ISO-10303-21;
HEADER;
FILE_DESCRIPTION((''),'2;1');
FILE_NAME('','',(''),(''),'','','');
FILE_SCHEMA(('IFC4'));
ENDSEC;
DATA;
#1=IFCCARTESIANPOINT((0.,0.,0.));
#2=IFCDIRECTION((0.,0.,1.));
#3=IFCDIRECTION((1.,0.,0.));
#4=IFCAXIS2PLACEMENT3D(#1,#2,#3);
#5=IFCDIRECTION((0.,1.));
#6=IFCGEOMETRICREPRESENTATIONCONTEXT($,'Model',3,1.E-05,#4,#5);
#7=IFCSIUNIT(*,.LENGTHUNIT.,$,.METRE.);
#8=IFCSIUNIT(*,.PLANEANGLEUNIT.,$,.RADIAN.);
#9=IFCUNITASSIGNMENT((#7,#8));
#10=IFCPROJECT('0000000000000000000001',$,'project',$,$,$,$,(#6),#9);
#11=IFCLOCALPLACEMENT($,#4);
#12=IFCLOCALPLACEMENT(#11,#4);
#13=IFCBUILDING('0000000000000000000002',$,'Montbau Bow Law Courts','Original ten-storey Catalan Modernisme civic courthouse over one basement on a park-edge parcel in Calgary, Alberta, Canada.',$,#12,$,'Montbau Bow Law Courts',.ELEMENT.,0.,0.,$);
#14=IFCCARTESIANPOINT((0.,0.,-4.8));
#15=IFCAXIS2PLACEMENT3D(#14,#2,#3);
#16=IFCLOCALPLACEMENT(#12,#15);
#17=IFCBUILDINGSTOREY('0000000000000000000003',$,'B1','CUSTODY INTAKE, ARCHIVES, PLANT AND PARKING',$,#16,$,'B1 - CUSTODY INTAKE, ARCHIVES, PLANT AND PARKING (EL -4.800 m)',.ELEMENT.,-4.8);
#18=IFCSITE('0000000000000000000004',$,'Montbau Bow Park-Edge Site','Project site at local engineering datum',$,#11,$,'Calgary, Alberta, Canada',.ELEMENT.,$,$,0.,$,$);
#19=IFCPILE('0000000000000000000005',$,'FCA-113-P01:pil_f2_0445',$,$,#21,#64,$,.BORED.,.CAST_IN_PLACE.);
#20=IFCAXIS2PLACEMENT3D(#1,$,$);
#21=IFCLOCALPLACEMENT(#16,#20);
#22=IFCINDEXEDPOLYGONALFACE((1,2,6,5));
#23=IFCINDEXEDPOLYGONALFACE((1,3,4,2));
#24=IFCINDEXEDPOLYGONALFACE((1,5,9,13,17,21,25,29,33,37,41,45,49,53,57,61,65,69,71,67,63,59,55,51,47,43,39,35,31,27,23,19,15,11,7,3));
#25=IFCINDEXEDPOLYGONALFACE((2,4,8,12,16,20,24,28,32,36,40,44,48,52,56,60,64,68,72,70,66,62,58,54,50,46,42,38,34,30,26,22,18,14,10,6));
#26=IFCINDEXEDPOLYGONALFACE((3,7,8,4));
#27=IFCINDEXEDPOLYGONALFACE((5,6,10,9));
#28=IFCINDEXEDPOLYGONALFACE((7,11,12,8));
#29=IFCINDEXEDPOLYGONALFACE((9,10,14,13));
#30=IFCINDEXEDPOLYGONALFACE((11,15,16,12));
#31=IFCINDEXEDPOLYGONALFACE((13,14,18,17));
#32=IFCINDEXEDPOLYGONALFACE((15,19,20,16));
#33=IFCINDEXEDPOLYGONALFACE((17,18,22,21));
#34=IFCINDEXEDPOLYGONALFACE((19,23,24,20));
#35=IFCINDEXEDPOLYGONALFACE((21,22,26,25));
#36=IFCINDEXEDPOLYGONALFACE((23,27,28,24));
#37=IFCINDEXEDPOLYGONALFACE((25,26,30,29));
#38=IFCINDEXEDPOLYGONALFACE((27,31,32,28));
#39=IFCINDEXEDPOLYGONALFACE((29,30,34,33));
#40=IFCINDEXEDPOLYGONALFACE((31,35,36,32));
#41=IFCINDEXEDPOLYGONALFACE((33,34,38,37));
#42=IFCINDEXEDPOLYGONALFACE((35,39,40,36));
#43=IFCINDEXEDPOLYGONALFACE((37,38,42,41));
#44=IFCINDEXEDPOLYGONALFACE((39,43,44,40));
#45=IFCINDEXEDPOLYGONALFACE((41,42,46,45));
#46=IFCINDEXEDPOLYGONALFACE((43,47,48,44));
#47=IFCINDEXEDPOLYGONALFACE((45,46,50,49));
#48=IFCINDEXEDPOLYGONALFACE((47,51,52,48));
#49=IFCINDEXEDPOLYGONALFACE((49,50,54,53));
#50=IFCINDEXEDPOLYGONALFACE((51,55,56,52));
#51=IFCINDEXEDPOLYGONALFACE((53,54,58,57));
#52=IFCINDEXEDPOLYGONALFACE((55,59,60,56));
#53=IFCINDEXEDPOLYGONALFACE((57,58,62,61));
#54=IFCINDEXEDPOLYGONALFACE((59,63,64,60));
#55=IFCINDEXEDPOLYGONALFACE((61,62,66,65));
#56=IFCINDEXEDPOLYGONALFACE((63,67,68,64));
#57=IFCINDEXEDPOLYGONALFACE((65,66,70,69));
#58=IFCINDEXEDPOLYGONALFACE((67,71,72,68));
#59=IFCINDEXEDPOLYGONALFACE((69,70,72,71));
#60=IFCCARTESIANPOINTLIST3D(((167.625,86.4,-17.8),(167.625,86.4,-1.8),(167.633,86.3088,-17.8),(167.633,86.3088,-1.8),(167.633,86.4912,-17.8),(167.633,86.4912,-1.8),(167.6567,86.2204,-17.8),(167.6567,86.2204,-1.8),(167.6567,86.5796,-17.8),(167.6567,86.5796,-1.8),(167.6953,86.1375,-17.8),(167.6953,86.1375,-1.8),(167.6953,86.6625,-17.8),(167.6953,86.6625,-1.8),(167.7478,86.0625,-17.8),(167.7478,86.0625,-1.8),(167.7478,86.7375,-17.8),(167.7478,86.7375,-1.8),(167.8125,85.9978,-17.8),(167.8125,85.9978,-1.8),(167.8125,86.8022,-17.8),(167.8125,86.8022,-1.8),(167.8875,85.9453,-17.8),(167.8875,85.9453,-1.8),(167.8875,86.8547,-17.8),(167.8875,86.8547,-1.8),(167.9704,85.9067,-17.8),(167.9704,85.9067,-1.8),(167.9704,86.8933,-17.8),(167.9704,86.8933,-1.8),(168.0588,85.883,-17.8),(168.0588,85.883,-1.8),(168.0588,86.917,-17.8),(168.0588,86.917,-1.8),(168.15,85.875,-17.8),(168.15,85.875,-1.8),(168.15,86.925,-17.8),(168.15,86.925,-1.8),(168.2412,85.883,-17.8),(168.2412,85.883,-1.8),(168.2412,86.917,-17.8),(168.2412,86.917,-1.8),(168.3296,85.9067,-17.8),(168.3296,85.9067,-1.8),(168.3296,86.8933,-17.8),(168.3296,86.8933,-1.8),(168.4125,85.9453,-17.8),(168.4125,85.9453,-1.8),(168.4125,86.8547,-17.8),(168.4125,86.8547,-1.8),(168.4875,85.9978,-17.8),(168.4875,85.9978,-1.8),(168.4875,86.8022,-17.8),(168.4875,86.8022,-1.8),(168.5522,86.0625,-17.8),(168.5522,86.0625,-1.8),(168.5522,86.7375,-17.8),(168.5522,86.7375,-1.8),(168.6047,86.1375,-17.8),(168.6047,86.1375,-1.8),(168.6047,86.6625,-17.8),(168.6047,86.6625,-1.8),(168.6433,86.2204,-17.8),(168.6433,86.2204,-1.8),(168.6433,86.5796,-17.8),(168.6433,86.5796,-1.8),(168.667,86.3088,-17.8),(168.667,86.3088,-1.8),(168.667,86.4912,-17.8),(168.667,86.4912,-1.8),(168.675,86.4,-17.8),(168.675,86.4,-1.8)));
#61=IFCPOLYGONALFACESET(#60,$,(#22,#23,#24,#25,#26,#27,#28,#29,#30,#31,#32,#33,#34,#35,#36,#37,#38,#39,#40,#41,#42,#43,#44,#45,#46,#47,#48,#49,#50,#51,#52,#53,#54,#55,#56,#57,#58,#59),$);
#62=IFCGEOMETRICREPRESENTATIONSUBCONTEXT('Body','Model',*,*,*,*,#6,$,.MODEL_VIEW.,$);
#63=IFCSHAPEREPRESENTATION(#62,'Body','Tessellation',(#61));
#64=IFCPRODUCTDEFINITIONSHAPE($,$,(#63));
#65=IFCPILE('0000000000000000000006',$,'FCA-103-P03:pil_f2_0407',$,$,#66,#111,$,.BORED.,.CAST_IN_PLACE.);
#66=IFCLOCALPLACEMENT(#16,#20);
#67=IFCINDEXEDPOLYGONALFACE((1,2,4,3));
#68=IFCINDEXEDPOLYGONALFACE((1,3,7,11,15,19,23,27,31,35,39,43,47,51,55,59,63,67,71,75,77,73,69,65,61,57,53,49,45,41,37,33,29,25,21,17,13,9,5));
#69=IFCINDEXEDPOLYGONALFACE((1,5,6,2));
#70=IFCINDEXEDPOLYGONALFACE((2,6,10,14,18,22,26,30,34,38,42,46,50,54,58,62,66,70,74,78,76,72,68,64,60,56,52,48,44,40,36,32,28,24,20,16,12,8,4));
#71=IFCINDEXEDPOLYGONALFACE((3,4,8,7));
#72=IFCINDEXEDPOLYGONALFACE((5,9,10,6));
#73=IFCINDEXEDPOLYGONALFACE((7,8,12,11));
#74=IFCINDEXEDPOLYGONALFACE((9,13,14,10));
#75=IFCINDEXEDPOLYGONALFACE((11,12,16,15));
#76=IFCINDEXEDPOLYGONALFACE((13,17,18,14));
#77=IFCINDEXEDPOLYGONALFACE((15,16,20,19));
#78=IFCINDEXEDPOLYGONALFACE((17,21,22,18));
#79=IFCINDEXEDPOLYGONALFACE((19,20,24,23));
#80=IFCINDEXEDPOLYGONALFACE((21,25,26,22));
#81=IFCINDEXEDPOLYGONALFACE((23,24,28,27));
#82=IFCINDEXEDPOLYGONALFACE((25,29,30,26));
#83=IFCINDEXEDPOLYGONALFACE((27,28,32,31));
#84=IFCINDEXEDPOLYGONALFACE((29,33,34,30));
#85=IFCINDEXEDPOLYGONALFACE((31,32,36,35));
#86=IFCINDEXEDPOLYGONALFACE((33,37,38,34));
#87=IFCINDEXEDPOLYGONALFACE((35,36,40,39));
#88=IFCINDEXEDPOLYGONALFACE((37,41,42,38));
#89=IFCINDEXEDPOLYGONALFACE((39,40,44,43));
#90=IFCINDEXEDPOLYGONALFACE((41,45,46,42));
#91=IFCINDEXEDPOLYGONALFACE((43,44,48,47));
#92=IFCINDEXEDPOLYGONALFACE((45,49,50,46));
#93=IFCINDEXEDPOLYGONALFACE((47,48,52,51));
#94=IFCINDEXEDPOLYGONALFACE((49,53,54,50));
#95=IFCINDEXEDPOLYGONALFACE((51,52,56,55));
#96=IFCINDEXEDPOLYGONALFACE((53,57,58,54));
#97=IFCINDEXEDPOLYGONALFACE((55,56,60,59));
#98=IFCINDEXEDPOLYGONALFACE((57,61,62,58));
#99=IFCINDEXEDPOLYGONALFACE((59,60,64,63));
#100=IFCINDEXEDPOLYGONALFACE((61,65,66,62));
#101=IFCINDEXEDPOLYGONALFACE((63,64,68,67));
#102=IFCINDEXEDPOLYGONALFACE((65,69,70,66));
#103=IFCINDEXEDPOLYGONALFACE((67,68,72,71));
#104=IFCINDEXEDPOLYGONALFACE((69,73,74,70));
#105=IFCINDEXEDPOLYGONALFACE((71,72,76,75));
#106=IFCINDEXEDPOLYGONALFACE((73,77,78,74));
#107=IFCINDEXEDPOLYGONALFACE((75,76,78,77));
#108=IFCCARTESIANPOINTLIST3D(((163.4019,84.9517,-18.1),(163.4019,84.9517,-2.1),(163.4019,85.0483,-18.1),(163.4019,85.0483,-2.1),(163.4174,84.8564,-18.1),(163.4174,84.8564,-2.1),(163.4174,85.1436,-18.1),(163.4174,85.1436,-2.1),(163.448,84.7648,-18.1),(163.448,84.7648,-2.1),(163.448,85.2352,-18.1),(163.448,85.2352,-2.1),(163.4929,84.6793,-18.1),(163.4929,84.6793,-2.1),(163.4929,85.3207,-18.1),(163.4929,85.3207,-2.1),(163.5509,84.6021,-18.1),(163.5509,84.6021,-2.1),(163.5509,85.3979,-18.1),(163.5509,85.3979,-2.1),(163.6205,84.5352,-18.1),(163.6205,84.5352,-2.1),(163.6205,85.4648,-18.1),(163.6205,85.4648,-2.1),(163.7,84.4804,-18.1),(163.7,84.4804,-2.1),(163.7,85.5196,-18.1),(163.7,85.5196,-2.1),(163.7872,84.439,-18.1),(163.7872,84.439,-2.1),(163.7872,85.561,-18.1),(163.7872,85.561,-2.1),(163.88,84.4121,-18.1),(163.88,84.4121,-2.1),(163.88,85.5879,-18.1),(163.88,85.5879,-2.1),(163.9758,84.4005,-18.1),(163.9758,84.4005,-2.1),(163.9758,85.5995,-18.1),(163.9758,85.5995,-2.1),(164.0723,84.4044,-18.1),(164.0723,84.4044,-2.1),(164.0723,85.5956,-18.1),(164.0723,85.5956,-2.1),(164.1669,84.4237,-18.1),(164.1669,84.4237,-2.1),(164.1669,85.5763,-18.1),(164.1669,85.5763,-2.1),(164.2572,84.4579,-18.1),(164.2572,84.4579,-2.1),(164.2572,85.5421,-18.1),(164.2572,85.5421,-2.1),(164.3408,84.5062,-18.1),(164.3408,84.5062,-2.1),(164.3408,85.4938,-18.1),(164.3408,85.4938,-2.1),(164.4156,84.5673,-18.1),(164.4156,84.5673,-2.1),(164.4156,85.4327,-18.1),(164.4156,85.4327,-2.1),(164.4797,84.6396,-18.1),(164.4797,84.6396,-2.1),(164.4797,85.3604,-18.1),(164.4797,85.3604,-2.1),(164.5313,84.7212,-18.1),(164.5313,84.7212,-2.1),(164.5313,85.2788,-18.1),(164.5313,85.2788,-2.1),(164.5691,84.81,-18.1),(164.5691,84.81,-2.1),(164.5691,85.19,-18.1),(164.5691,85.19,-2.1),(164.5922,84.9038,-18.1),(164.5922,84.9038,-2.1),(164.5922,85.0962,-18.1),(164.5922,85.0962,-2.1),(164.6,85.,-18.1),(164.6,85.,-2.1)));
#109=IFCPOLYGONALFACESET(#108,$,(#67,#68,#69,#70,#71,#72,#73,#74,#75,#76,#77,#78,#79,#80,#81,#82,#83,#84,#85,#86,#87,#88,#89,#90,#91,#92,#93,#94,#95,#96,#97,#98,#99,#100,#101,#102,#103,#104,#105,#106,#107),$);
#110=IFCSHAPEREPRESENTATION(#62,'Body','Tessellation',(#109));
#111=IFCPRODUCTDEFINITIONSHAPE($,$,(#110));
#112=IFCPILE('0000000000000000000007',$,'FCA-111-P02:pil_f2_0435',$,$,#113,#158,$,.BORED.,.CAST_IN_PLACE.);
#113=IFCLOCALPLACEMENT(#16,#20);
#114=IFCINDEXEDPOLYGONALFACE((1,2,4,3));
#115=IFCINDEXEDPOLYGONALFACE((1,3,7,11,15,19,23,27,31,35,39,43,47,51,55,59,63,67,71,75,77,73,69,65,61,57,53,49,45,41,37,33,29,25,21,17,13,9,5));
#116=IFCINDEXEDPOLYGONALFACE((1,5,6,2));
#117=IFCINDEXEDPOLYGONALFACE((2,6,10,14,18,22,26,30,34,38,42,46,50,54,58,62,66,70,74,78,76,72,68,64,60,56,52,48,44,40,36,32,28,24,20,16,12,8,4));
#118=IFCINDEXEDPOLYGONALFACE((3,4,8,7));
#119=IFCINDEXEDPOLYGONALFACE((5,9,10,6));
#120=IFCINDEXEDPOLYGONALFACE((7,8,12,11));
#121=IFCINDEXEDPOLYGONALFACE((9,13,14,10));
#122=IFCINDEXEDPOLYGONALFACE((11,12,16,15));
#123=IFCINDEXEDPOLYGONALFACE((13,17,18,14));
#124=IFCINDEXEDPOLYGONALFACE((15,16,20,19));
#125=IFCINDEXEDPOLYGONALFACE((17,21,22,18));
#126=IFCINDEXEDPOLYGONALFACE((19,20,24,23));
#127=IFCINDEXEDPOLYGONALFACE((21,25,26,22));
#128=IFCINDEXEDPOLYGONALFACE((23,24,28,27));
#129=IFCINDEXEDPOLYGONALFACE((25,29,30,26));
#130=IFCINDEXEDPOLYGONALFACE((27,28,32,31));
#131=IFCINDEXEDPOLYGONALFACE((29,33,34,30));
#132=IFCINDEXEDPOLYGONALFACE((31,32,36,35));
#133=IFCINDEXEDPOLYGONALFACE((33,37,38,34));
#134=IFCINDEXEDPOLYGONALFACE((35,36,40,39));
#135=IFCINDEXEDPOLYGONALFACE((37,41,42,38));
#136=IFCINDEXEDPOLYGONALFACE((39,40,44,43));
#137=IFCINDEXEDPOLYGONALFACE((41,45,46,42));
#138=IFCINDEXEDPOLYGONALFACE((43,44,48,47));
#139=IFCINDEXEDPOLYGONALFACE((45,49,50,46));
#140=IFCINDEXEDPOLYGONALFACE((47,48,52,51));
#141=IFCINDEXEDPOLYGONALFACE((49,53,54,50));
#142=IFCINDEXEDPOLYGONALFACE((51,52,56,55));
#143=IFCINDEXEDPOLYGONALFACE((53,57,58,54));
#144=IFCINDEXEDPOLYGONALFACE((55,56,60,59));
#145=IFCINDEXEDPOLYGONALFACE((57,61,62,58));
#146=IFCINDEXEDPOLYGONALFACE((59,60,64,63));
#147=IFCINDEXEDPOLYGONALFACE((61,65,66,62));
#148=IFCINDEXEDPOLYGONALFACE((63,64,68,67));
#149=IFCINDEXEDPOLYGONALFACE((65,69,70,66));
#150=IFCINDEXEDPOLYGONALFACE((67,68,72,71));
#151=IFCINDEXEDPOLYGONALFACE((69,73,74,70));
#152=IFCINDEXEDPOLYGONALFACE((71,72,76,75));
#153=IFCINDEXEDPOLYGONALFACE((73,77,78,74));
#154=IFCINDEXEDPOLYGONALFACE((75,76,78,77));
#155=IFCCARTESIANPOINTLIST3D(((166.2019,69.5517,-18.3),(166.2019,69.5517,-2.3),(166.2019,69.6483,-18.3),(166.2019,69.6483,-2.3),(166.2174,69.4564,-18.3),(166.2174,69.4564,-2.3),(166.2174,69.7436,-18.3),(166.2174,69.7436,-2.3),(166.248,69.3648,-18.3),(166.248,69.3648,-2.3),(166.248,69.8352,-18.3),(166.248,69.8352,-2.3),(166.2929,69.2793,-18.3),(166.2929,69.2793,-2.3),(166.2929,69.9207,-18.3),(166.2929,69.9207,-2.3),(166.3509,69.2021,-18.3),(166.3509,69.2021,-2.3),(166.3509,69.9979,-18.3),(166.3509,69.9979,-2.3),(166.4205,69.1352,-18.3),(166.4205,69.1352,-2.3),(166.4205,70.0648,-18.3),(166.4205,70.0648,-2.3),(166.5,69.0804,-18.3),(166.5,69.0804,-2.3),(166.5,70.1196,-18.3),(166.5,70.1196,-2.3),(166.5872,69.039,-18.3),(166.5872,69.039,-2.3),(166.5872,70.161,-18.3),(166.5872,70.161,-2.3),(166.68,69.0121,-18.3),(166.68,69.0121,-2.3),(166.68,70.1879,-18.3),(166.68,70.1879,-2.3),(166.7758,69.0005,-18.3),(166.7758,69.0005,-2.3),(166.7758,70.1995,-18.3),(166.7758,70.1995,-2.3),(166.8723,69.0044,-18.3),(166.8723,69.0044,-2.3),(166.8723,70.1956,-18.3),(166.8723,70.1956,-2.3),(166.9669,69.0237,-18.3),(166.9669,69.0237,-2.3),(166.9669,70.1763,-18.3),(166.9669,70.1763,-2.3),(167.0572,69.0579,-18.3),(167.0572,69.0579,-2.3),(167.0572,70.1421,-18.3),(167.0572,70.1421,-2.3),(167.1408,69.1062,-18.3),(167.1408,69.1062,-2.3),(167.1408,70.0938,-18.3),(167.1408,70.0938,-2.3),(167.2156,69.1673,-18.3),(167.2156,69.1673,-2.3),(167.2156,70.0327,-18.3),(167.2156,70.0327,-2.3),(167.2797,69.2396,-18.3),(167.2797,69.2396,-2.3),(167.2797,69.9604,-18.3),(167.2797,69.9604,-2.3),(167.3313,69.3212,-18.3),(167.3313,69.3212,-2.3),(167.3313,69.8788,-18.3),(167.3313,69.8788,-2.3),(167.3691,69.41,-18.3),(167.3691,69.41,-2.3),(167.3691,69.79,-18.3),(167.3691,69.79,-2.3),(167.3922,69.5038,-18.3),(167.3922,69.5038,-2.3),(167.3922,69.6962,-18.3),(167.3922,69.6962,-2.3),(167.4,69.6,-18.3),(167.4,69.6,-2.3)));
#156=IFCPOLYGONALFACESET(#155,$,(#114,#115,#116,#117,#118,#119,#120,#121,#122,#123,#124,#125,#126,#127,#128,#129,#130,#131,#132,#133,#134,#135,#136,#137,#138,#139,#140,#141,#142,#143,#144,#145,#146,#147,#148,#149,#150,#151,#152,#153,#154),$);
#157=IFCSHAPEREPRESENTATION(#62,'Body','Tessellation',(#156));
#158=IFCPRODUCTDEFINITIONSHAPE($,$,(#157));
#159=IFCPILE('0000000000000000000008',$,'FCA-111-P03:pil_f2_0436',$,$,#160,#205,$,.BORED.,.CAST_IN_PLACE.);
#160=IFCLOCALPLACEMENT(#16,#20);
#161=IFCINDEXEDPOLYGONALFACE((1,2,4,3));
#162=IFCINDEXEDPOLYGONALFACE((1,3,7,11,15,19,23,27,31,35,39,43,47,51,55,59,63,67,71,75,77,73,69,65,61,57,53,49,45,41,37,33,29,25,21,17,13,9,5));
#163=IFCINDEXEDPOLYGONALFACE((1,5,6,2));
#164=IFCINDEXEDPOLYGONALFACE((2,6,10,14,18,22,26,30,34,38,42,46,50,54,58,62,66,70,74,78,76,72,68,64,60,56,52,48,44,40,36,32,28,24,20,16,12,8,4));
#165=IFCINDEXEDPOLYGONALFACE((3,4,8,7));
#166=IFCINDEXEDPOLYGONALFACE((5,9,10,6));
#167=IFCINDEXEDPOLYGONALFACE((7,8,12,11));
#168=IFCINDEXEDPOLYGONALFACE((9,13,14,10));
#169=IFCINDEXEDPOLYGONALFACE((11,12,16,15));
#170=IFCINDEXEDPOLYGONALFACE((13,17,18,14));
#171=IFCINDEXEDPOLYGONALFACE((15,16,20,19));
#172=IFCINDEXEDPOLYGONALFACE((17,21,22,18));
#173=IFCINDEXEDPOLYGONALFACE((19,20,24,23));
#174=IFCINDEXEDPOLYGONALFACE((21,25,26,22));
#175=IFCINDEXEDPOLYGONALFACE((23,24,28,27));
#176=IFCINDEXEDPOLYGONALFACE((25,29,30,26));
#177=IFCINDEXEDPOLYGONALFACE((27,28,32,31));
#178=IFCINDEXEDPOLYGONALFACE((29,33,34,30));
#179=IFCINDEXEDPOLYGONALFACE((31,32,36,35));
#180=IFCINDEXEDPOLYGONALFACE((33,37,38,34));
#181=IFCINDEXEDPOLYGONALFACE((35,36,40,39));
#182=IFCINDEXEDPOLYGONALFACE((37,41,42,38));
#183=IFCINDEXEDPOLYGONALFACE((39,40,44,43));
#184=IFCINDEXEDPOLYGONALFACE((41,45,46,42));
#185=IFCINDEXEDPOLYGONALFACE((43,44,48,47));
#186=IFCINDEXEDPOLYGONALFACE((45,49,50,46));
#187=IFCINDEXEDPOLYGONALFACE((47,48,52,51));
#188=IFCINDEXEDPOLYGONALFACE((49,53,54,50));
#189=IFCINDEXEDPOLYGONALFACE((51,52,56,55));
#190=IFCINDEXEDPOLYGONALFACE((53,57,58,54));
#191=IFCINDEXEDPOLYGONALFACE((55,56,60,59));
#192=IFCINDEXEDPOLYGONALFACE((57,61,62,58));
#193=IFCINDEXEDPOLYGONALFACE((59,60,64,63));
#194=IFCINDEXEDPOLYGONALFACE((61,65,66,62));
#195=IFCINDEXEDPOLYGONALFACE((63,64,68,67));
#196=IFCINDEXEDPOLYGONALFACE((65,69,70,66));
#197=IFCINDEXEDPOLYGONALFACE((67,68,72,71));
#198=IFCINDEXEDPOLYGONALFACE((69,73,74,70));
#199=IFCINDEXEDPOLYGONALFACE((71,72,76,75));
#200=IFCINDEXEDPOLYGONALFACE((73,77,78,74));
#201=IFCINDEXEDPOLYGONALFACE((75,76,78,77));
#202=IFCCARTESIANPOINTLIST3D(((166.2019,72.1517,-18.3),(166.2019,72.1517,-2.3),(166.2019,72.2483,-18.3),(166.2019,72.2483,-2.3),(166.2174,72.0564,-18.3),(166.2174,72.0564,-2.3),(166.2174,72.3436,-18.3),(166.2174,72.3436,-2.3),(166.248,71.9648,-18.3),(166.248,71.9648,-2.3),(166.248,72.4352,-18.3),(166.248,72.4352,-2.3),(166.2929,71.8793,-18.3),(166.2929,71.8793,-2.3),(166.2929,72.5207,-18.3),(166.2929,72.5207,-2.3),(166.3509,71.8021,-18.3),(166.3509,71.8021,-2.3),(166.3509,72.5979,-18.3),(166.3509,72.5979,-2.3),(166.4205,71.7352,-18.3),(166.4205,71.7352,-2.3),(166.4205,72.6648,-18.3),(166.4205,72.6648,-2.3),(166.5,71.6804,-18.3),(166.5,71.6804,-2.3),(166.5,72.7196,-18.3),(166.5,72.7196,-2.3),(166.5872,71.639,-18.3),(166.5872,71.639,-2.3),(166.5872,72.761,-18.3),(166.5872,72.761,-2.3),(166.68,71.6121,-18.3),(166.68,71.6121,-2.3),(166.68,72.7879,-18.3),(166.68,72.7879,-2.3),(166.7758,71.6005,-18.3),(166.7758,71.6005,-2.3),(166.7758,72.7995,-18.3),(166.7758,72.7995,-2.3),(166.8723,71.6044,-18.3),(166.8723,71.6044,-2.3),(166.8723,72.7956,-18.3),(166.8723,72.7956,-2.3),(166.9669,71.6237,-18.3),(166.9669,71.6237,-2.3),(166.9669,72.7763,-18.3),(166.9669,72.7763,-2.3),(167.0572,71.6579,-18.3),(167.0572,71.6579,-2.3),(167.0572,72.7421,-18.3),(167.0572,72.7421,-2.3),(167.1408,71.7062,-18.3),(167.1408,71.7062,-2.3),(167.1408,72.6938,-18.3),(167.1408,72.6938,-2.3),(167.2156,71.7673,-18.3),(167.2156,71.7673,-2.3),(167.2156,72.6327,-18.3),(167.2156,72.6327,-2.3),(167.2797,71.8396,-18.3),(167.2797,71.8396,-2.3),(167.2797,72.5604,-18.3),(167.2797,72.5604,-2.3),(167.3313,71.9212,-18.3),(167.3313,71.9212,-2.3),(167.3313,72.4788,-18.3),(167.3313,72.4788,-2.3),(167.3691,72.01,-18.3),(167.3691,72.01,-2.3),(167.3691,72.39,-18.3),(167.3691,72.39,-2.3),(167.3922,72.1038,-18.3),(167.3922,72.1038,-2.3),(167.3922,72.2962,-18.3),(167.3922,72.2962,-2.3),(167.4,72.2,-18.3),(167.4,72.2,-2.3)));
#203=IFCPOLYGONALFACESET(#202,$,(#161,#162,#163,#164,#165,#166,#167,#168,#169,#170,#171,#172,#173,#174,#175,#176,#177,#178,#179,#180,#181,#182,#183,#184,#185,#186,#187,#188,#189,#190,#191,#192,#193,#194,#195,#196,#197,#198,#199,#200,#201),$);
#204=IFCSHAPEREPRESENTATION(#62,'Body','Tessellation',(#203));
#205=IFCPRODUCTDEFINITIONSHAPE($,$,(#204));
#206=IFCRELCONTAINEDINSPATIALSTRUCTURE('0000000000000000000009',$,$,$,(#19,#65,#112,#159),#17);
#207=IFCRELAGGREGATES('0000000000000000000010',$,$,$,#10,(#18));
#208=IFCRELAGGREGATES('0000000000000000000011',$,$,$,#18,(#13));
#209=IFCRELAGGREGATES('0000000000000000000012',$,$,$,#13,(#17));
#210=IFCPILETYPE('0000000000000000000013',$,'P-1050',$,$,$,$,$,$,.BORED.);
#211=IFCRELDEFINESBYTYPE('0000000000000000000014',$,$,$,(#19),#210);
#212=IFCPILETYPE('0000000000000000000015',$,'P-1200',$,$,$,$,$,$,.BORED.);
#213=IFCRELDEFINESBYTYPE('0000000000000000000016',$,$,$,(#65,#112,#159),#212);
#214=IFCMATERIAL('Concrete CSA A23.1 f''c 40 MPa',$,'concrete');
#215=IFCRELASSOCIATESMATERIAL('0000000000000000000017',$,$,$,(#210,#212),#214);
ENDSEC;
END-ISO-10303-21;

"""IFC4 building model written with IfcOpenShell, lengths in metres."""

from ifc_helpers import new_model, si_unit, direction, frame, origin_with_axes, origin_2d_with_axis, place, context, subcontext, project, spatial, circle, extrude, material, material_profile, profile_set, type_object, element, save


model = new_model("IFC4")

# Units and contexts
model_context = context("Model", 3, precision=1e-05, world=origin_with_axes(), true_north=direction((0.0, 1.0)))
body_context = subcontext(model_context, "Body", "Model", "MODEL_VIEW")
ifc_project = project(units=[si_unit("LENGTHUNIT", "METRE"), si_unit("PLANEANGLEUNIT", "RADIAN")], contexts=[model_context])

# Site, building, storey
site_placement = place(None, origin_with_axes())
site = spatial("IfcSite", under=ifc_project, at=site_placement, Name="Montbau Bow Park-Edge Site", Description="Project site at local engineering datum", LongName="Calgary, Alberta, Canada", CompositionType="ELEMENT", RefElevation=0.0)
building_placement = place(site_placement, origin_with_axes())
building = spatial("IfcBuilding", under=site, at=building_placement, Name="Montbau Bow Law Courts", Description="Original ten-storey Catalan Modernisme civic courthouse over one basement on a park-edge parcel in Calgary, Alberta, Canada.", LongName="Montbau Bow Law Courts", CompositionType="ELEMENT", ElevationOfRefHeight=0.0, ElevationOfTerrain=0.0)
storey_placement = place(building_placement, frame((0.0, 0.0, -4.8), z_axis=(0.0, 0.0, 1.0), x_axis=(1.0, 0.0, 0.0)))
storey = spatial("IfcBuildingStorey", under=building, at=storey_placement, Name="B1", Description="CUSTODY INTAKE, ARCHIVES, PLANT AND PARKING", LongName="B1 - CUSTODY INTAKE, ARCHIVES, PLANT AND PARKING (EL -4.800 m)", CompositionType="ELEMENT", Elevation=-4.8)

# Piles
ifc_material_1 = material(Name="Concrete CSA A23.1 f'c 40 MPa", Category="concrete")
ifc_material_profile_1 = material_profile(ifc_material_1, circle(Radius=0.525, at=origin_2d_with_axis()), Name="BP1050", Category="Main", Priority=0)
ifc_profile_set_1 = profile_set([ifc_material_profile_1], Name="Concrete CSA A23.1 f'c 40 MPa")
pile_type_1 = type_object("IfcPileType", Name="P-1050", PredefinedType="BORED", material=ifc_profile_set_1)
for number, where, z_axis, x_axis, name in (
    (1, (168.15, 86.4, -22.6), (0.0, 0.0, 1.0), (1.0, 0.0, 0.0), "FCA-113-P01:pil_f2_0445"),
):
    element("IfcPile", number, at=place(None, frame(where, z_axis=z_axis, x_axis=x_axis)), inside=storey, type_object=pile_type_1, Name=name, ConstructionType="CAST_IN_PLACE", PredefinedType="BORED", context=body_context, shape_type="SweptSolid", body=[
        extrude(circle(Radius=0.525, at=origin_2d_with_axis()), origin_with_axes(), (0.0, 0.0, 1.0), 16.0),
    ])
ifc_material_profile_2 = material_profile(ifc_material_1, circle(Radius=0.6, at=origin_2d_with_axis()), Name="BP1200", Category="Main", Priority=0)
ifc_profile_set_2 = profile_set([ifc_material_profile_2], Name="Concrete CSA A23.1 f'c 40 MPa")
pile_type_2 = type_object("IfcPileType", Name="P-1200", PredefinedType="BORED", material=ifc_profile_set_2)
for number, where, z_axis, x_axis, name in (
    (2, (164.0, 85.0, -22.9), (0.0, 0.0, 1.0), (1.0, 0.0, 0.0), "FCA-103-P03:pil_f2_0407"),
    (3, (166.8, 69.6, -23.1), (0.0, 0.0, 1.0), (1.0, 0.0, 0.0), "FCA-111-P02:pil_f2_0435"),
    (4, (166.8, 72.2, -23.1), (0.0, 0.0, 1.0), (1.0, 0.0, 0.0), "FCA-111-P03:pil_f2_0436"),
):
    element("IfcPile", number, at=place(None, frame(where, z_axis=z_axis, x_axis=x_axis)), inside=storey, type_object=pile_type_2, Name=name, ConstructionType="CAST_IN_PLACE", PredefinedType="BORED", context=body_context, shape_type="SweptSolid", body=[
        extrude(circle(Radius=0.6, at=origin_2d_with_axis()), origin_with_axes(), (0.0, 0.0, 1.0), 16.0),
    ])

save(model, "model.ifc")
